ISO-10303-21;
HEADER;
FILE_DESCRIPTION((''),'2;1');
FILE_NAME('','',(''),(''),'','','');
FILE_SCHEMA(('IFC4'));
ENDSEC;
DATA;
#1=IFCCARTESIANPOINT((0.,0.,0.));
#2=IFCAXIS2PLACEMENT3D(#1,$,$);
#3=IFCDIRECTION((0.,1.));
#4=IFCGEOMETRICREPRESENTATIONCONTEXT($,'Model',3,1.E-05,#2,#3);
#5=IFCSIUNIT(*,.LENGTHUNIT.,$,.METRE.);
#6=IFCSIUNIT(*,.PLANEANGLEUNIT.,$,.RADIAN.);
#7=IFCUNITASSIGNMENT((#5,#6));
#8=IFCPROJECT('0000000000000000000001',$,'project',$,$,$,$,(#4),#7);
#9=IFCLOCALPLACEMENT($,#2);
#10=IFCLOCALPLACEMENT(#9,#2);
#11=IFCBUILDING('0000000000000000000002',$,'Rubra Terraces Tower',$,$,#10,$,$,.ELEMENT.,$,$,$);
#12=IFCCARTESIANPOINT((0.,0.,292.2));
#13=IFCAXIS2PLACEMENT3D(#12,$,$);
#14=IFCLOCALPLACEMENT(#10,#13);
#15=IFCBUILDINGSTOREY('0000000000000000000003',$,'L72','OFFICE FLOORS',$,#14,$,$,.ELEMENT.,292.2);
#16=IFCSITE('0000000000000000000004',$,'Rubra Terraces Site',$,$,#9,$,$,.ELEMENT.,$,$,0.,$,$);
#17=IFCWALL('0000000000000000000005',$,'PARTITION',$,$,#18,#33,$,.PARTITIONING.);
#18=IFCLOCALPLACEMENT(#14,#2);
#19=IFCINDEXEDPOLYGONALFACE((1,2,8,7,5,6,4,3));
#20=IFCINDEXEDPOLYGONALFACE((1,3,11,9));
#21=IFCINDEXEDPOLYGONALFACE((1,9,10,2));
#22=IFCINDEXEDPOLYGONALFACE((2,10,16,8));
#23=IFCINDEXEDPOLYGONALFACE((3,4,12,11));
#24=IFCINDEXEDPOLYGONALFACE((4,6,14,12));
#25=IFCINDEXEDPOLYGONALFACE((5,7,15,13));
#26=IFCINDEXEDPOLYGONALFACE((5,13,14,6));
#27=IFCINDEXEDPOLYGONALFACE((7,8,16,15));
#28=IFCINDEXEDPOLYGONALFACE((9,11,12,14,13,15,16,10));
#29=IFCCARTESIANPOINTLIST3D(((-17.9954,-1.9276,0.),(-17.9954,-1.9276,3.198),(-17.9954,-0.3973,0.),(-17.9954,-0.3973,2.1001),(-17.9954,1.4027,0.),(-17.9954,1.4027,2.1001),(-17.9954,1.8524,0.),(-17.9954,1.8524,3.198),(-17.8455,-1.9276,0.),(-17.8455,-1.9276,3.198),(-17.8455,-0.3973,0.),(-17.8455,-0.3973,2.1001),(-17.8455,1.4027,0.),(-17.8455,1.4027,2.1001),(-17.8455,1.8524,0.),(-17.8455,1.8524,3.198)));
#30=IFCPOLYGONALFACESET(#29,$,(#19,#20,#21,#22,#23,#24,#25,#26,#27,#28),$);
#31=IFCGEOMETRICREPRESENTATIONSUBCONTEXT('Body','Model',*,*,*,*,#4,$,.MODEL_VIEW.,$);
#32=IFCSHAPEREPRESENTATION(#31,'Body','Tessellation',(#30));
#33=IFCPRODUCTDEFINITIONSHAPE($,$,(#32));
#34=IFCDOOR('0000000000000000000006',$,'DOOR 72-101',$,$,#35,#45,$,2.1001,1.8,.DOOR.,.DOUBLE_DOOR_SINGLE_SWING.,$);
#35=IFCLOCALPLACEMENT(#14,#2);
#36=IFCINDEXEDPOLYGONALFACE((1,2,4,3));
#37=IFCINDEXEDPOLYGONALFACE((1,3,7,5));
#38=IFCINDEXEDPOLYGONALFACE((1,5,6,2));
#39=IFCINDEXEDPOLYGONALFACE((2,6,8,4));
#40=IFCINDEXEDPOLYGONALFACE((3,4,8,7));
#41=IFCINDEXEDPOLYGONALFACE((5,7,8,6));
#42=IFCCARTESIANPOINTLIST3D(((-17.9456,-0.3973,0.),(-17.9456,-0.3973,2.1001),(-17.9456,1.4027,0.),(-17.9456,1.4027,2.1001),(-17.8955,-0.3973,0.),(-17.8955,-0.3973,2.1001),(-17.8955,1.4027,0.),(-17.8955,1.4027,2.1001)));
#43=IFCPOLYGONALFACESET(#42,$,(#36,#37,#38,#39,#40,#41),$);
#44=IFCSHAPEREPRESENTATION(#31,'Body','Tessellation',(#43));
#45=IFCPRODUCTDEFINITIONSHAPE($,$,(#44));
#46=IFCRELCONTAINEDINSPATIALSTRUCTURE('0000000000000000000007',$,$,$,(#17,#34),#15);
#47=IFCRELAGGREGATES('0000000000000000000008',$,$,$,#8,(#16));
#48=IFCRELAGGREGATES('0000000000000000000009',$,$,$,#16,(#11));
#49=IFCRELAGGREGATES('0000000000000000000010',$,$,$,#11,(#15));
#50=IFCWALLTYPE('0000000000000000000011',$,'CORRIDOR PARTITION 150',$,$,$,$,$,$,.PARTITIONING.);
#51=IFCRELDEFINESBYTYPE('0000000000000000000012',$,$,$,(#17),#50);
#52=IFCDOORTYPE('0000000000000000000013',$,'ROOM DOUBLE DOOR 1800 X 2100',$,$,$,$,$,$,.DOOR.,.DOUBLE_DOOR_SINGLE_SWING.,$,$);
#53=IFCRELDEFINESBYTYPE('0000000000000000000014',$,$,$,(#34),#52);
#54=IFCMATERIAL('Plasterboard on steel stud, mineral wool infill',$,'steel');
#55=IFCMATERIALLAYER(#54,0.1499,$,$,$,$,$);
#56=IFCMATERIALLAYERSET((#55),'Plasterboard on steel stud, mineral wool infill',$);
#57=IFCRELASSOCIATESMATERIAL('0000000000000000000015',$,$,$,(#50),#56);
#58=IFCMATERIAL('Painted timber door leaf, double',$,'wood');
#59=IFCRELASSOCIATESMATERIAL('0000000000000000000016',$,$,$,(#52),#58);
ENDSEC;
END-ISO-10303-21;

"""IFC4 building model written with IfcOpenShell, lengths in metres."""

from ifc_helpers import new_model, si_unit, direction, frame, frame_2d, origin, place, context, subcontext, project, spatial, rectangle, extrude, material, layer, layer_set, type_object, element, fill, save


model = new_model("IFC4")

# Units and contexts
model_context = context("Model", 3, precision=1e-05, world=origin(), true_north=direction((0.0, 1.0)))
body_context = subcontext(model_context, "Body", "Model", "MODEL_VIEW")
ifc_project = project(units=[si_unit("LENGTHUNIT", "METRE"), si_unit("PLANEANGLEUNIT", "RADIAN")], contexts=[model_context])

# Site, building, storey
site_placement = place(None, origin())
site = spatial("IfcSite", under=ifc_project, at=site_placement, Name="Rubra Terraces Site", CompositionType="ELEMENT", RefElevation=0.0)
building_placement = place(site_placement, origin())
building = spatial("IfcBuilding", under=site, at=building_placement, Name="Rubra Terraces Tower", CompositionType="ELEMENT")
storey_placement = place(building_placement, frame((0.0, 0.0, 292.2)))
storey = spatial("IfcBuildingStorey", under=building, at=storey_placement, Name="L72", Description="OFFICE FLOORS", CompositionType="ELEMENT", Elevation=292.2)

# Shared definitions
ifc_material_1 = material(Name="Plasterboard on steel stud, mineral wool infill", Category="steel")
ifc_layer_1 = layer(ifc_material_1, 0.1499)
ifc_layer_set_1 = layer_set([ifc_layer_1], Name="Plasterboard on steel stud, mineral wool infill")
wall_type_1 = type_object("IfcWallType", Name="CORRIDOR PARTITION 150", PredefinedType="PARTITIONING", material=ifc_layer_set_1)

# Wall, opening, door
wall_1_placement = place(storey_placement, frame((-17.9204, 1.8525, 0.0), z_axis=(0.0, 0.0, 1.0), x_axis=(0.0, -1.0, 0.0)))
wall_1 = element("IfcWall", 1, at=wall_1_placement, inside=storey, type_object=wall_type_1, Name="PARTITION", PredefinedType="PARTITIONING", context=body_context, shape_type="SweptSolid", body=[
    extrude(rectangle(XDim=3.78, YDim=0.1499, at=frame_2d((1.8901, 0.0))), origin(), (0.0, 0.0, 1.0), 3.198),
])
opening_1_placement = place(wall_1_placement, frame((0.45, 0.0, 0.0)))
opening_1 = element("IfcOpeningElement", 2, at=opening_1_placement, cuts=wall_1, PredefinedType="OPENING", context=body_context, shape_type="SweptSolid", body=[
    extrude(rectangle(XDim=1.8, YDim=2.1001, at=frame_2d((0.8999, 1.05))), frame((0.0, 0.085, 0.0), z_axis=(0.0, -1.0, 0.0), x_axis=(1.0, 0.0, 0.0)), (0.0, 0.0, 1.0), 0.1699),
])
ifc_material_2 = material(Name="Painted timber door leaf, double", Category="wood")
door_type = type_object("IfcDoorType", Name="ROOM DOUBLE DOOR 1800 X 2100", OperationType="DOUBLE_DOOR_SINGLE_SWING", PredefinedType="DOOR", material=ifc_material_2)
door_placement = place(opening_1_placement, origin())
door = element("IfcDoor", 3, at=door_placement, inside=storey, type_object=door_type, Name="DOOR 72-101", OperationType="DOUBLE_DOOR_SINGLE_SWING", OverallHeight=2.1001, OverallWidth=1.8, PredefinedType="DOOR", context=body_context, shape_type="SweptSolid", body=[
    extrude(rectangle(XDim=1.8, YDim=2.1001, at=frame_2d((0.8999, 1.05))), frame((0.0, 0.0249, 0.0), z_axis=(0.0, -1.0, 0.0), x_axis=(1.0, 0.0, 0.0)), (0.0, 0.0, 1.0), 0.05),
])
fill(opening_1, door)

save(model, "model.ifc")
